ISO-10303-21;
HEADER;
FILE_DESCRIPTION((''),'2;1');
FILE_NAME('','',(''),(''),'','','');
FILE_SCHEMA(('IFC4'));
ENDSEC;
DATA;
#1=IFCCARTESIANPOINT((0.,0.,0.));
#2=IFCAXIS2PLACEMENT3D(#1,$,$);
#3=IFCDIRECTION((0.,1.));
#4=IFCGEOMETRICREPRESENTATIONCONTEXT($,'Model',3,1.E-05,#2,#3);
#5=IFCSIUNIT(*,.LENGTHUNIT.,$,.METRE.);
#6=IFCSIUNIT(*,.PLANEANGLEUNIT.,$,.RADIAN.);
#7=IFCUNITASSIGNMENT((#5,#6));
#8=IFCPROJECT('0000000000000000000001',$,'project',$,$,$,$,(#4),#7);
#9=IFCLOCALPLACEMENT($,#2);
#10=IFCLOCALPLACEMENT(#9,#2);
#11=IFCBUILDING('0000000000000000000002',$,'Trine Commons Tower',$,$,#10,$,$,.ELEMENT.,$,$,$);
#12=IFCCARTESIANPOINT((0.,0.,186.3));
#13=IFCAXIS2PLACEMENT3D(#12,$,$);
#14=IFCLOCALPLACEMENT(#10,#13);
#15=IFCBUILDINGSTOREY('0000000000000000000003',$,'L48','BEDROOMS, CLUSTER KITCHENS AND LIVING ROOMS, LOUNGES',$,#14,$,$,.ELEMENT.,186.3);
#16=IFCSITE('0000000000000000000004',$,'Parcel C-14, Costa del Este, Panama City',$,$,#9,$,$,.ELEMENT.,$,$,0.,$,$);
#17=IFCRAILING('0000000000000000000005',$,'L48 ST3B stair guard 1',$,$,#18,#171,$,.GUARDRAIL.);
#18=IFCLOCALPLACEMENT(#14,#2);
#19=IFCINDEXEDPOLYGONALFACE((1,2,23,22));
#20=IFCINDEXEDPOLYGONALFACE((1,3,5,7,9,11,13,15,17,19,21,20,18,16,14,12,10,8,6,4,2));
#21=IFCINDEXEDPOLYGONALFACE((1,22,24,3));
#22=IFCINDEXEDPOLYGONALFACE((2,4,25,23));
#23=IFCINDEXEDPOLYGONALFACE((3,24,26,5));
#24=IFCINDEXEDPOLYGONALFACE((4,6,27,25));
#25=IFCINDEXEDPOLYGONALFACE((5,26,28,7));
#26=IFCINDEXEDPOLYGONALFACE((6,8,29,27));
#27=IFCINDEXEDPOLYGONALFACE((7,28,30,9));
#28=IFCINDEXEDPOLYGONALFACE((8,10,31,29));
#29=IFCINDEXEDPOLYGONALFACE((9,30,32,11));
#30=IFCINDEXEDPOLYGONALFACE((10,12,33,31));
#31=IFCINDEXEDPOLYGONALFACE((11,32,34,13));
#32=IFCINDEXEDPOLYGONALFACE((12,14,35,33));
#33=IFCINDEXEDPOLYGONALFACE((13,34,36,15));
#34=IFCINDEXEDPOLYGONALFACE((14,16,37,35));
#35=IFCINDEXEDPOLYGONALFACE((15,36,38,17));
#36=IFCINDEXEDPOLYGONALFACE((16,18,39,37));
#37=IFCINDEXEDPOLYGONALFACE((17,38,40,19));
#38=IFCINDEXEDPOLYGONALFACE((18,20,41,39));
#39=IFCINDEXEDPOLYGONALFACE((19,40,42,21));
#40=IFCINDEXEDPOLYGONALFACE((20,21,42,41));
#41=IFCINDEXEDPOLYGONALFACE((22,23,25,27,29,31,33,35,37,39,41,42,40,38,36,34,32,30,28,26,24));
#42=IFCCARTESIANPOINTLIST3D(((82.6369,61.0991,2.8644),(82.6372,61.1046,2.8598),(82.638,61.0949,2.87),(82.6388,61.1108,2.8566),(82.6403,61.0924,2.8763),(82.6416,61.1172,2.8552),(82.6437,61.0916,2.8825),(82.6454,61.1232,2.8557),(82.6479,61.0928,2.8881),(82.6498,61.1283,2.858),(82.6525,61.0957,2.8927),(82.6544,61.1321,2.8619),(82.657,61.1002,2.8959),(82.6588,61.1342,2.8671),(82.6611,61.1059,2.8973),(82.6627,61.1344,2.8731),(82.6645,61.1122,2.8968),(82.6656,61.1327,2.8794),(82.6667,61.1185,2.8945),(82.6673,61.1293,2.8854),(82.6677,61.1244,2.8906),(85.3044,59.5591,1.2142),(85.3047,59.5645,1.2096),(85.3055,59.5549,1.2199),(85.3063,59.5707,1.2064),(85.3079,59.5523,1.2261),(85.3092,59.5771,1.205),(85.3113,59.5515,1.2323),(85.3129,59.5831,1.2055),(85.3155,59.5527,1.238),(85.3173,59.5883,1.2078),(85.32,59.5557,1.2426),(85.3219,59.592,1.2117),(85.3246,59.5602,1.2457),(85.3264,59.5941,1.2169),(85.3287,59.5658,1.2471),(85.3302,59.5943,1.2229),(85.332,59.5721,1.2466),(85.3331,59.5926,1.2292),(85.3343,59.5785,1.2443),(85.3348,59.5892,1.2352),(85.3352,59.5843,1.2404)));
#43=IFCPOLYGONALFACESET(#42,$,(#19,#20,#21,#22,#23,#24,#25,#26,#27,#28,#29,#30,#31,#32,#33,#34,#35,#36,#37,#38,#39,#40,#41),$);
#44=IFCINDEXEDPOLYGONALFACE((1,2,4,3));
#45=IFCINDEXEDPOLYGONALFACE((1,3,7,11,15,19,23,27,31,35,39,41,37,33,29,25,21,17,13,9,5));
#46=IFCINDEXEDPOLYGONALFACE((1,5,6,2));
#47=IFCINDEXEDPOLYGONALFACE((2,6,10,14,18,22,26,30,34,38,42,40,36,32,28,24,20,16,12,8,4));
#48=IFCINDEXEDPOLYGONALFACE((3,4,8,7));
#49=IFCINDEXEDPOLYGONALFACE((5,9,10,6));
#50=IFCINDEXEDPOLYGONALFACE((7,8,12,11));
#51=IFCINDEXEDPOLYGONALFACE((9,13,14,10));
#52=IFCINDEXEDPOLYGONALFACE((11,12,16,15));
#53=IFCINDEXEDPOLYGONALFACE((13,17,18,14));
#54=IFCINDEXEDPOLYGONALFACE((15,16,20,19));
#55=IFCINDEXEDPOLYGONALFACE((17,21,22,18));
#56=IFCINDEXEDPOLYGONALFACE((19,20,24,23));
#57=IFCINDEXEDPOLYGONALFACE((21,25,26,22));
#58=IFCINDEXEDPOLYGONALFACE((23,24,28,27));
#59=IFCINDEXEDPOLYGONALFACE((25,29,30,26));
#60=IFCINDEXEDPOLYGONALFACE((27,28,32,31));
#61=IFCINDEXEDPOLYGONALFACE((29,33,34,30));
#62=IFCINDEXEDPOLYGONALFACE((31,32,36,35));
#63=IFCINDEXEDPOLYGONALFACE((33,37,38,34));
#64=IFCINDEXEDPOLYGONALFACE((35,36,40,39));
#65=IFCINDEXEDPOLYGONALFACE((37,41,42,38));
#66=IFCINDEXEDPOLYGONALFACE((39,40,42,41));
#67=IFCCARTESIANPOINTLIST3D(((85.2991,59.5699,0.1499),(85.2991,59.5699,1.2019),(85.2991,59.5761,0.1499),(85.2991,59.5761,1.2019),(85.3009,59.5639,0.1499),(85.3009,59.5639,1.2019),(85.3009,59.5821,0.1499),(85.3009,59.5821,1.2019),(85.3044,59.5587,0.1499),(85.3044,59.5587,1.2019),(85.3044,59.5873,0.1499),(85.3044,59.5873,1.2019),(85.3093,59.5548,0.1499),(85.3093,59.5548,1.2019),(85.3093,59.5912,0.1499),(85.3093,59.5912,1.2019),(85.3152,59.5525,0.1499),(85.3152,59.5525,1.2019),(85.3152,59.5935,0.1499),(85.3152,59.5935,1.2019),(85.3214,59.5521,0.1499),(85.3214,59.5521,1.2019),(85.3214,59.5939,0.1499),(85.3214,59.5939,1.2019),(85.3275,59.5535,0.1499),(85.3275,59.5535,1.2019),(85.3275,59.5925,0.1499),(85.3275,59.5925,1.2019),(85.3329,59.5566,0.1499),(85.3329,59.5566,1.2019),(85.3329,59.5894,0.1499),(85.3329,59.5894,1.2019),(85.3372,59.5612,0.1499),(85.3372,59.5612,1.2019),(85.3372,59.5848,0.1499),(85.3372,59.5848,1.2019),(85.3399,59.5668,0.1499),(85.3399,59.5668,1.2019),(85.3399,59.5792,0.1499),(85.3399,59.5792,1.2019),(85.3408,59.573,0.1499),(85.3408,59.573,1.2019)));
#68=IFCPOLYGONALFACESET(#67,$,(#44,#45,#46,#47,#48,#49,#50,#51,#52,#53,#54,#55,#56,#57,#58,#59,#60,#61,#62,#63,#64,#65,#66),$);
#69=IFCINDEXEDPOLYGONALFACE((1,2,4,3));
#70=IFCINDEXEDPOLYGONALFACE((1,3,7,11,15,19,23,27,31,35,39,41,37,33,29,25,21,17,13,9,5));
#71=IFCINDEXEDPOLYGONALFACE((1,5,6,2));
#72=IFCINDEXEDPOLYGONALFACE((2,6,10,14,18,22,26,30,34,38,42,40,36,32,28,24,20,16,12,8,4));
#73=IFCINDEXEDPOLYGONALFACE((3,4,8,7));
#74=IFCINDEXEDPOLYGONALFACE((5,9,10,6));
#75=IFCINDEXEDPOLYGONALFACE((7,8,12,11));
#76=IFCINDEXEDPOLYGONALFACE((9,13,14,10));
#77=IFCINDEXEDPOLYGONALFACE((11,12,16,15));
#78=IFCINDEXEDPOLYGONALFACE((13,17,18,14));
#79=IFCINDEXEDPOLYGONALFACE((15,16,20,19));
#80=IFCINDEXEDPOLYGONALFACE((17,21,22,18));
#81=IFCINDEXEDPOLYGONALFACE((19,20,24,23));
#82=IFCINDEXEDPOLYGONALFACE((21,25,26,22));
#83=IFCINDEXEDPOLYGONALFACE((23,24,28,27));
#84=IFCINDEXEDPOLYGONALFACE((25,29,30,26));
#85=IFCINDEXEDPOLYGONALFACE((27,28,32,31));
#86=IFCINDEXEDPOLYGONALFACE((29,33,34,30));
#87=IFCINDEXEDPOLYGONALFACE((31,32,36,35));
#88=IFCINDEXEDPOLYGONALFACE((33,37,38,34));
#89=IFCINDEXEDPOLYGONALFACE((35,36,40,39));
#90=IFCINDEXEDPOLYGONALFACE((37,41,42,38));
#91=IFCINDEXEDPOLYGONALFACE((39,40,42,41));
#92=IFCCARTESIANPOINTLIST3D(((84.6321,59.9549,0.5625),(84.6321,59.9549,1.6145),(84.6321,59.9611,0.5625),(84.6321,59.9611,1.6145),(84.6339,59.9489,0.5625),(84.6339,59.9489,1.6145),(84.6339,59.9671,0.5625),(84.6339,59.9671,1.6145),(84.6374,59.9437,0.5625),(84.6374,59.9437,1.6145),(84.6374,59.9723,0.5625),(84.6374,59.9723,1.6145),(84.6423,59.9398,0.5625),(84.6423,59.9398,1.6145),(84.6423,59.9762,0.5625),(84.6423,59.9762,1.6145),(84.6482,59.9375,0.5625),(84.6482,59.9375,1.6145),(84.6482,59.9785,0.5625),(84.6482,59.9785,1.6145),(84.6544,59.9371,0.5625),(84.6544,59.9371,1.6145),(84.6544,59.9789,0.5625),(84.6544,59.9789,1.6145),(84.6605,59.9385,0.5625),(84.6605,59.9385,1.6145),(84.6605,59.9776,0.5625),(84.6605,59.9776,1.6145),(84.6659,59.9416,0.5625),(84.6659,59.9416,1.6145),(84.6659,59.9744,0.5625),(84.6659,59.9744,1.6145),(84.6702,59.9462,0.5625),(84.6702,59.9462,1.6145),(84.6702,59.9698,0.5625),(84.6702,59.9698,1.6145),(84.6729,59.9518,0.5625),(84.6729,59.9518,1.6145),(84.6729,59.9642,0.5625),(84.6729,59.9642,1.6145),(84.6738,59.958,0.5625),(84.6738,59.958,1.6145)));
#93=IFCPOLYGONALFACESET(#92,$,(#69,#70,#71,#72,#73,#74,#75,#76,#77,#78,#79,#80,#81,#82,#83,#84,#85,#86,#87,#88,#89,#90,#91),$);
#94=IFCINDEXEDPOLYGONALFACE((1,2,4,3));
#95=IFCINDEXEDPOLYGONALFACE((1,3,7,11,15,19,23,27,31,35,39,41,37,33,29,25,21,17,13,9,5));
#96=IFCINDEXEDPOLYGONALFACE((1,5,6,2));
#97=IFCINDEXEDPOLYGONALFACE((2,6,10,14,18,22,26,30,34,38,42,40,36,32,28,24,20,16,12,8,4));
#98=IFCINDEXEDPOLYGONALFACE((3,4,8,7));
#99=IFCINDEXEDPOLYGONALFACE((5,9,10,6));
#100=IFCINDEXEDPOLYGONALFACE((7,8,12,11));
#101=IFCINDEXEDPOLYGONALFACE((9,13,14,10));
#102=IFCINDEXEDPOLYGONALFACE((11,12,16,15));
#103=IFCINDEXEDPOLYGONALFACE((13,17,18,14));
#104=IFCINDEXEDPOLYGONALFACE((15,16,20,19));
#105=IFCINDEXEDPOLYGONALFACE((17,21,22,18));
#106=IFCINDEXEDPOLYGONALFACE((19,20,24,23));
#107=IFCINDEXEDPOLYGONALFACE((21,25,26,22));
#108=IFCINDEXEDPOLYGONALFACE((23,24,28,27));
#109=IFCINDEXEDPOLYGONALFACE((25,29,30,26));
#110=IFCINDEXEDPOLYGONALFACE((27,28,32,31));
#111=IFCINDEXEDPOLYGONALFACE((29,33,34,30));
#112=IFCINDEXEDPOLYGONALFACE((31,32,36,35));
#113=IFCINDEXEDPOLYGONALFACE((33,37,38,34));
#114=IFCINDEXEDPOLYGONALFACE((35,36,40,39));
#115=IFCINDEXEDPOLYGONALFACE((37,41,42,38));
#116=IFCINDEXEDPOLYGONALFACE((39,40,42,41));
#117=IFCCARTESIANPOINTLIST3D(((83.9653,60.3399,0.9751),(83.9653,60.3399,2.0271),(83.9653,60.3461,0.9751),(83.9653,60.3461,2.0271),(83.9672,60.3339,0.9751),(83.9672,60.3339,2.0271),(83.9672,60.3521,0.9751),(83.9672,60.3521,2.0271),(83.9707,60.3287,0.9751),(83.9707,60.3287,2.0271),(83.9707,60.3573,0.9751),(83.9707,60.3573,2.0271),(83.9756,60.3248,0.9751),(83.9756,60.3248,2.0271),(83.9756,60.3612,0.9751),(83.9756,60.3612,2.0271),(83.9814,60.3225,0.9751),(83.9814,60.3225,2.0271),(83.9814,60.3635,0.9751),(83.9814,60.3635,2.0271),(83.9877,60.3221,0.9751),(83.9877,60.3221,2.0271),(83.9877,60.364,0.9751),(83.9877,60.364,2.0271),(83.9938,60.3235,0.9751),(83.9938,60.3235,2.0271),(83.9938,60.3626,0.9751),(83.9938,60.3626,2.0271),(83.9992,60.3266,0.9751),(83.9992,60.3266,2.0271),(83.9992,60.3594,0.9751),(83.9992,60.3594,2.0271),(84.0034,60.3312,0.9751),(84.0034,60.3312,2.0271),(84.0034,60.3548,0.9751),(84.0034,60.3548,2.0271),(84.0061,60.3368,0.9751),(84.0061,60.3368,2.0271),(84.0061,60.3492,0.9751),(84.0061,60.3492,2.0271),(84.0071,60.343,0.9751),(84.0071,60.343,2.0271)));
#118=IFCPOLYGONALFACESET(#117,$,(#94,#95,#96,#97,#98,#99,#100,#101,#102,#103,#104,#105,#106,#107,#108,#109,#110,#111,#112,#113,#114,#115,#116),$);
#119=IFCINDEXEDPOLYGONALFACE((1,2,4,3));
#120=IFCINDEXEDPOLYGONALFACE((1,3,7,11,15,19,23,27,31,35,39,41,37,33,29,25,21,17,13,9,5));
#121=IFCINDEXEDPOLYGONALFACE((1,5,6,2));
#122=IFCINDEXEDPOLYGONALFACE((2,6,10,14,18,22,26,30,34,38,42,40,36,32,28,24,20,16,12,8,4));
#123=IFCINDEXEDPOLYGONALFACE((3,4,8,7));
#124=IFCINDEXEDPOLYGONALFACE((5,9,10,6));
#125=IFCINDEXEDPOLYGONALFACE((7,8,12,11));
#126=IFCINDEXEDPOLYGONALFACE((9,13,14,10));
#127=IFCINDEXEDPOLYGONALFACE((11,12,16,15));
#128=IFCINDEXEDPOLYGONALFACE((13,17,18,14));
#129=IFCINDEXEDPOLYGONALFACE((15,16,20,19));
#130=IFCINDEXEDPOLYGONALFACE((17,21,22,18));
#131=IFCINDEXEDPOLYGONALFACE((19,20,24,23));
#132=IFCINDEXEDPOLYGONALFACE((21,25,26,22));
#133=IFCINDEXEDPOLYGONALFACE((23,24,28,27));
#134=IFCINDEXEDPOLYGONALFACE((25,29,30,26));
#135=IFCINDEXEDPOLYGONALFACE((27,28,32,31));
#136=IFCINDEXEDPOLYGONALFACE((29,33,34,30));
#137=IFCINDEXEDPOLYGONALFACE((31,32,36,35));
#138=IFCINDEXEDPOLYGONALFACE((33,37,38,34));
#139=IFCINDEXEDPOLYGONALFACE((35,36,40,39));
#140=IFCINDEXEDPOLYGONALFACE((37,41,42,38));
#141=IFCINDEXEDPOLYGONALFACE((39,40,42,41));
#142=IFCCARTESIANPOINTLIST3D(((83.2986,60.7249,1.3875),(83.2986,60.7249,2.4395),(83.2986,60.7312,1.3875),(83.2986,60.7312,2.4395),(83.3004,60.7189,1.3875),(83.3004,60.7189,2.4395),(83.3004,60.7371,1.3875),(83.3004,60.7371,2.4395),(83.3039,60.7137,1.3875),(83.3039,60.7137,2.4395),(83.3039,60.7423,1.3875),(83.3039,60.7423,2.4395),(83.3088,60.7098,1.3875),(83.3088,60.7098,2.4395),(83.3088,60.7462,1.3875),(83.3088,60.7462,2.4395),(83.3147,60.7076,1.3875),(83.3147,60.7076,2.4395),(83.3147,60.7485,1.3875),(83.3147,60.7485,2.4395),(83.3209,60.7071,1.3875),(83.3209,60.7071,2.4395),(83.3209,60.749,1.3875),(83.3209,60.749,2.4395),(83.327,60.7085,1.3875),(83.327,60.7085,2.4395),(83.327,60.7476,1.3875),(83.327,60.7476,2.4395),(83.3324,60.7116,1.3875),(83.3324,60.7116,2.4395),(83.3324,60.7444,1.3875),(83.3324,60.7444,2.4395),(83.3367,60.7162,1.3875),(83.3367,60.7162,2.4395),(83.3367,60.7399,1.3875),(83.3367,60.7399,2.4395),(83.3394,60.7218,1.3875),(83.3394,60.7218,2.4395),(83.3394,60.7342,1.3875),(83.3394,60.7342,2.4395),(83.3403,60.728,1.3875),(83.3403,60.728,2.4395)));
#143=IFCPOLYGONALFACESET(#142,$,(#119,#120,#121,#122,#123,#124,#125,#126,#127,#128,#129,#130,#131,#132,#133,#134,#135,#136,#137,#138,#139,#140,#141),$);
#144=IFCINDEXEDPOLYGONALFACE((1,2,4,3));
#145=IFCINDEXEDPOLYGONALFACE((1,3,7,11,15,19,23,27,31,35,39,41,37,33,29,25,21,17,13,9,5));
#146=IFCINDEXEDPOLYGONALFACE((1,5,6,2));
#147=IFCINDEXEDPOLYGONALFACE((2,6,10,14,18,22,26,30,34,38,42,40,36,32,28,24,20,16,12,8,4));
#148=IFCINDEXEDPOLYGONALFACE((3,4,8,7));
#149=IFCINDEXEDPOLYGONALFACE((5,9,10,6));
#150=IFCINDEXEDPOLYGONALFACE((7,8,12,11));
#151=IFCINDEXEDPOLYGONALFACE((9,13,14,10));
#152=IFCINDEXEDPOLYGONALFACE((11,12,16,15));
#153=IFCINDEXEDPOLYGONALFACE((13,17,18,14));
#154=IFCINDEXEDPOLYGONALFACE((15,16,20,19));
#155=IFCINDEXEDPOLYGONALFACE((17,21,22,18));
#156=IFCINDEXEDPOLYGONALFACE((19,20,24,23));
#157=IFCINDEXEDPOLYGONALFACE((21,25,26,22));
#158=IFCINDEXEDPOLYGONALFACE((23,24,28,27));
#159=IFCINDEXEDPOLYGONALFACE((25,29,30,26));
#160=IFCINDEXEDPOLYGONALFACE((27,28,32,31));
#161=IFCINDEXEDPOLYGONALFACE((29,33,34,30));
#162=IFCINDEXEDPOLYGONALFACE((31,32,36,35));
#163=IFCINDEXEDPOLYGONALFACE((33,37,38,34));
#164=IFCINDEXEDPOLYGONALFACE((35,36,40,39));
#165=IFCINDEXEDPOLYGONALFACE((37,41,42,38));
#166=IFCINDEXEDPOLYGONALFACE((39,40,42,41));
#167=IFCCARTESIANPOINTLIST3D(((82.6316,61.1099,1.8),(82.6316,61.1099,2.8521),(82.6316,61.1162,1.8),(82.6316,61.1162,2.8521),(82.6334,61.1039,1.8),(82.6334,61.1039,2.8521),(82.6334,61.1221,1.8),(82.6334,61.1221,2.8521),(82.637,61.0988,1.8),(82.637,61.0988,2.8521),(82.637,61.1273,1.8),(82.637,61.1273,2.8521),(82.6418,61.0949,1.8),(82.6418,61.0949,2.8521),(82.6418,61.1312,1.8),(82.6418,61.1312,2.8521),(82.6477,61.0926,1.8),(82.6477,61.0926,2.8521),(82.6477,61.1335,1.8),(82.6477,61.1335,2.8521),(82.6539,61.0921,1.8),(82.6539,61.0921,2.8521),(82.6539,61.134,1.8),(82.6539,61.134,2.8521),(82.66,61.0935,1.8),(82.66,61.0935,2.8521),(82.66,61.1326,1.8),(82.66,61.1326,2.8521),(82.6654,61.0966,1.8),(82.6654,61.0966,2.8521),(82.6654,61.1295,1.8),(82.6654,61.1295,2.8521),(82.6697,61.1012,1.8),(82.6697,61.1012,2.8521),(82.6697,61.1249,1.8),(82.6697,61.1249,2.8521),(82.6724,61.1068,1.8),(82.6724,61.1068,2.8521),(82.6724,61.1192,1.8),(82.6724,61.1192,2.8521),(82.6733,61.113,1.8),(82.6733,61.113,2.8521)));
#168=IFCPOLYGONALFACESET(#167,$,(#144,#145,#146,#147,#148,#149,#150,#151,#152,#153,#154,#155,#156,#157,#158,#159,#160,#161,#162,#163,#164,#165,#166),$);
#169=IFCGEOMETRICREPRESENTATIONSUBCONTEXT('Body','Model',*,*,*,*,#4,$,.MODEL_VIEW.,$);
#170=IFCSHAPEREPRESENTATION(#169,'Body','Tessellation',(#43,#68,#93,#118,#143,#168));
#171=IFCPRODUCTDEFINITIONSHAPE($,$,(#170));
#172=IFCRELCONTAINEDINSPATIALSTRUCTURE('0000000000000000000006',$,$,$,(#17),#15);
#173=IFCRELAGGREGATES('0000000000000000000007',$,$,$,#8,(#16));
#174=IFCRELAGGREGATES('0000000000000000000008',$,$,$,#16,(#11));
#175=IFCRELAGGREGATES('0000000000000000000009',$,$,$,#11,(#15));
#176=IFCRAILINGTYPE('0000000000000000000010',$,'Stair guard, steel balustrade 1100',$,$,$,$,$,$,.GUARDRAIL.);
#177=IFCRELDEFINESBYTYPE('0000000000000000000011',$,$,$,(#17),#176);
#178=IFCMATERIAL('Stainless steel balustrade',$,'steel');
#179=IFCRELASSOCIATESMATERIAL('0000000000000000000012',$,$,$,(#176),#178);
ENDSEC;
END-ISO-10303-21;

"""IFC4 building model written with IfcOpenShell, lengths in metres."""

from ifc_helpers import new_model, si_unit, direction, frame, origin, origin_2d, place, context, subcontext, project, spatial, circle, extrude, material, type_object, element, save


model = new_model("IFC4")

# Units and contexts
model_context = context("Model", 3, precision=1e-05, world=origin(), true_north=direction((0.0, 1.0)))
body_context = subcontext(model_context, "Body", "Model", "MODEL_VIEW")
ifc_project = project(units=[si_unit("LENGTHUNIT", "METRE"), si_unit("PLANEANGLEUNIT", "RADIAN")], contexts=[model_context])

# Site, building, storey
site_placement = place(None, origin())
site = spatial("IfcSite", under=ifc_project, at=site_placement, Name="Parcel C-14, Costa del Este, Panama City", CompositionType="ELEMENT", RefElevation=0.0)
building_placement = place(site_placement, origin())
building = spatial("IfcBuilding", under=site, at=building_placement, Name="Trine Commons Tower", CompositionType="ELEMENT")
storey_placement = place(building_placement, frame((0.0, 0.0, 186.3)))
storey = spatial("IfcBuildingStorey", under=building, at=storey_placement, Name="L48", Description="BEDROOMS, CLUSTER KITCHENS AND LIVING ROOMS, LOUNGES", CompositionType="ELEMENT", Elevation=186.3)

# Railing
ifc_material_1 = material(Name="Stainless steel balustrade", Category="steel")
railing_type_1 = type_object("IfcRailingType", Name="Stair guard, steel balustrade 1100", PredefinedType="GUARDRAIL", material=ifc_material_1)
railing_1_placement = place(storey_placement, frame((85.3198, 59.573, 0.1499)))
element("IfcRailing", 1, at=railing_1_placement, inside=storey, type_object=railing_type_1, Name="L48 ST3B stair guard 1", PredefinedType="GUARDRAIL", context=body_context, shape_type="SweptSolid", body=[
    extrude(circle(Radius=0.0239, at=origin_2d()), frame((0.0, 0.0, 1.0762), z_axis=(-0.76338, 0.440728, 0.472239), x_axis=(-0.499992, -0.86603, 0.0)), (0.0, 0.0, 1.0), 3.4944),
    extrude(circle(Radius=0.021, at=origin_2d()), origin(), (0.0, 0.0, 1.0), 1.052),
    extrude(circle(Radius=0.021, at=origin_2d()), frame((-0.667, 0.385, 0.4126)), (0.0, 0.0, 1.0), 1.052),
    extrude(circle(Radius=0.021, at=origin_2d()), frame((-1.3337, 0.77, 0.8252)), (0.0, 0.0, 1.0), 1.052),
    extrude(circle(Radius=0.021, at=origin_2d()), frame((-2.0005, 1.155, 1.2375)), (0.0, 0.0, 1.0), 1.052),
    extrude(circle(Radius=0.021, at=origin_2d()), frame((-2.6675, 1.54, 1.6501)), (0.0, 0.0, 1.0), 1.052),
])

save(model, "model.ifc")
